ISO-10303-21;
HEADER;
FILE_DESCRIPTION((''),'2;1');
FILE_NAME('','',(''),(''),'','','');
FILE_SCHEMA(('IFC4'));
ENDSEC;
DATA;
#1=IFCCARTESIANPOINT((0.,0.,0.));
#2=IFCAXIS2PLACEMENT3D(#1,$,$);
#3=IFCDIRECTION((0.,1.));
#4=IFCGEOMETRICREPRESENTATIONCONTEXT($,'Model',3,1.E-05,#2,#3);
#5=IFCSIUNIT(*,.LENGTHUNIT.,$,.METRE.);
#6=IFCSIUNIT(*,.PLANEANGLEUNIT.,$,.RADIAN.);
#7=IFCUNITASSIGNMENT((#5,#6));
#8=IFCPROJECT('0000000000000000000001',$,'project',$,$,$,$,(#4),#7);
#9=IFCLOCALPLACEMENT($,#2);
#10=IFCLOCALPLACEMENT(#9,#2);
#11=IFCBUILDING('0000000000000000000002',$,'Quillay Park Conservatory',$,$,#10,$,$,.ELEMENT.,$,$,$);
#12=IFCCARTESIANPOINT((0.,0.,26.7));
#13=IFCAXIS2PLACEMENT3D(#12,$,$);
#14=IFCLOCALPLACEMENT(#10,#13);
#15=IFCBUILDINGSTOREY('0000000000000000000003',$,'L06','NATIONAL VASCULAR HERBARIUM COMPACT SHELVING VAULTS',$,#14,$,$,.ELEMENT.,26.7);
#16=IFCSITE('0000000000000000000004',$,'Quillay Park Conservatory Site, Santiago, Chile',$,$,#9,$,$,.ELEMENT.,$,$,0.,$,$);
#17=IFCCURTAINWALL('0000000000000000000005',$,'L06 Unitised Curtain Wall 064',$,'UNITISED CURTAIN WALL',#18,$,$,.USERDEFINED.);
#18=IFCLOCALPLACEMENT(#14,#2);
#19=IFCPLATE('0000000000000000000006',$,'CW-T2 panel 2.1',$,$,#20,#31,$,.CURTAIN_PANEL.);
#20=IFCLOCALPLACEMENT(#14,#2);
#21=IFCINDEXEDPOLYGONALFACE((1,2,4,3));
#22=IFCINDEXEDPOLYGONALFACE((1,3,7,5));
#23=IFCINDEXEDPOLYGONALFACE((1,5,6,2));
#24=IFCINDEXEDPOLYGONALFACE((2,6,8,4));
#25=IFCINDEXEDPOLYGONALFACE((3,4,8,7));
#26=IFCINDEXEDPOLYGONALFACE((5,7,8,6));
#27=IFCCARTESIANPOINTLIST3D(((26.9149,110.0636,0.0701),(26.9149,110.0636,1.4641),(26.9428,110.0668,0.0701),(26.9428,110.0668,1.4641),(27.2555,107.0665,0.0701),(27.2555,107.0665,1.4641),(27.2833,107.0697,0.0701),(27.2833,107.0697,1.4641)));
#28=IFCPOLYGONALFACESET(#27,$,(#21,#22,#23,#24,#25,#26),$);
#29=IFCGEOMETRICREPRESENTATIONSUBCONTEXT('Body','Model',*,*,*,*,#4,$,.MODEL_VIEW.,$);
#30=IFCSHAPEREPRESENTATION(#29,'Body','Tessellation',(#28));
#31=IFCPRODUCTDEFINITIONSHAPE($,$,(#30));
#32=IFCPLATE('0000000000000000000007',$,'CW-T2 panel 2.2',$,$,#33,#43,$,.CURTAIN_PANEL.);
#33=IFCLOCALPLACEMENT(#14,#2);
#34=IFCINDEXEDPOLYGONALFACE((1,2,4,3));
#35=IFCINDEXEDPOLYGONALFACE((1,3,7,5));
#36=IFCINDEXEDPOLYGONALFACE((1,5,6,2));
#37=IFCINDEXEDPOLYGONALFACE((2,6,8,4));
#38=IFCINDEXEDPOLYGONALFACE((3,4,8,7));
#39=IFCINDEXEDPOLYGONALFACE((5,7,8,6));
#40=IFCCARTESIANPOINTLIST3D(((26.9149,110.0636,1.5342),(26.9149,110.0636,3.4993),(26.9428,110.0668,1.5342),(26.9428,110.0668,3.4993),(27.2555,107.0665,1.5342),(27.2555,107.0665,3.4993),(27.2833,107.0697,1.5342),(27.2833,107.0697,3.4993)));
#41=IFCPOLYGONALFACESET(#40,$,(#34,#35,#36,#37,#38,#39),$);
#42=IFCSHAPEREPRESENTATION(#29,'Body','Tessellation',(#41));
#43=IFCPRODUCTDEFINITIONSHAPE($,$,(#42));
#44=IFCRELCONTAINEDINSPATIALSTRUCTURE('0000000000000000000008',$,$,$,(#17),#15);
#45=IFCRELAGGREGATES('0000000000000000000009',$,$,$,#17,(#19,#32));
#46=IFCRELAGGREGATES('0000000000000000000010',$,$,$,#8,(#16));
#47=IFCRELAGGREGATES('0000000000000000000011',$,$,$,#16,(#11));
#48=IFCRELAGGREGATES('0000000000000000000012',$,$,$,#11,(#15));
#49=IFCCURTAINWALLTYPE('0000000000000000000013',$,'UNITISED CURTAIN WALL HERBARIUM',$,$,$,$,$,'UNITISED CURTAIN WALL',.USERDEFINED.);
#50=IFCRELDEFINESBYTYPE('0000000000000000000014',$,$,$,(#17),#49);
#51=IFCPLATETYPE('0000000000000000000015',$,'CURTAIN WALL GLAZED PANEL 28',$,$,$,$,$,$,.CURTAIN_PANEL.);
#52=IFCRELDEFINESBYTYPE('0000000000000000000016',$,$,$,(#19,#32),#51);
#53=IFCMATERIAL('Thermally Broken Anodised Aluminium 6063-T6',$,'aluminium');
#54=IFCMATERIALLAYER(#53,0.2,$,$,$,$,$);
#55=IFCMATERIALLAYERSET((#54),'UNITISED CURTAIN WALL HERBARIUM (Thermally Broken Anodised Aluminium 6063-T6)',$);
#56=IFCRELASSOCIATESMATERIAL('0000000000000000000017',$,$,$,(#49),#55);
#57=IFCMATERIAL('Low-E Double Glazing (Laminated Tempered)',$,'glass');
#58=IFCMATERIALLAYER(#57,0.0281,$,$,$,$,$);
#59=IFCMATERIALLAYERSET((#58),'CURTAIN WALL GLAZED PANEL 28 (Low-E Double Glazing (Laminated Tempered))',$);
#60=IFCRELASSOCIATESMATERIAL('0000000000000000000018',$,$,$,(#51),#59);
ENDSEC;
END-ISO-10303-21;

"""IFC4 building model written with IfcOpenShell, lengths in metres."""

from ifc_helpers import new_model, si_unit, direction, frame, origin, origin_2d, place, context, subcontext, project, spatial, rectangle, extrude, material, layer, layer_set, type_object, element, aggregate, save


model = new_model("IFC4")

# Units and contexts
model_context = context("Model", 3, precision=1e-05, world=origin(), true_north=direction((0.0, 1.0)))
body_context = subcontext(model_context, "Body", "Model", "MODEL_VIEW")
ifc_project = project(units=[si_unit("LENGTHUNIT", "METRE"), si_unit("PLANEANGLEUNIT", "RADIAN")], contexts=[model_context])

# Site, building, storey
site_placement = place(None, origin())
site = spatial("IfcSite", under=ifc_project, at=site_placement, Name="Quillay Park Conservatory Site, Santiago, Chile", CompositionType="ELEMENT", RefElevation=0.0)
building_placement = place(site_placement, origin())
building = spatial("IfcBuilding", under=site, at=building_placement, Name="Quillay Park Conservatory", CompositionType="ELEMENT")
storey_placement = place(building_placement, frame((0.0, 0.0, 26.7)))
storey = spatial("IfcBuildingStorey", under=building, at=storey_placement, Name="L06", Description="NATIONAL VASCULAR HERBARIUM COMPACT SHELVING VAULTS", CompositionType="ELEMENT", Elevation=26.7)

# Shared definitions
ifc_material_1 = material(Name="Thermally Broken Anodised Aluminium 6063-T6", Category="aluminium")
ifc_layer_1 = layer(ifc_material_1, 0.2)
ifc_layer_set_1 = layer_set([ifc_layer_1], Name="UNITISED CURTAIN WALL HERBARIUM (Thermally Broken Anodised Aluminium 6063-T6)")
curtain_wall_type = type_object("IfcCurtainWallType", Name="UNITISED CURTAIN WALL HERBARIUM", ElementType="UNITISED CURTAIN WALL", PredefinedType="USERDEFINED", material=ifc_layer_set_1)

# Curtain wall
curtain_wall_1_placement = place(storey_placement, origin())
curtain_wall_1 = element("IfcCurtainWall", 1, at=curtain_wall_1_placement, inside=storey, type_object=curtain_wall_type, Name="L06 Unitised Curtain Wall 064", ObjectType="UNITISED CURTAIN WALL", PredefinedType="USERDEFINED")

# Plates
ifc_material_2 = material(Name="Low-E Double Glazing (Laminated Tempered)", Category="glass")
ifc_layer_2 = layer(ifc_material_2, 0.0281)
ifc_layer_set_2 = layer_set([ifc_layer_2], Name="CURTAIN WALL GLAZED PANEL 28 (Low-E Double Glazing (Laminated Tempered))")
plate_type = type_object("IfcPlateType", Name="CURTAIN WALL GLAZED PANEL 28", PredefinedType="CURTAIN_PANEL", material=ifc_layer_set_2)
plate_1_placement = place(storey_placement, frame((27.0991, 108.5667, 0.0701), z_axis=(0.0, 0.0, 1.0), x_axis=(0.112903, -0.993606, 0.0)))
plate_1 = element("IfcPlate", 2, at=plate_1_placement, type_object=plate_type, Name="CW-T2 panel 2.1", PredefinedType="CURTAIN_PANEL", context=body_context, shape_type="SweptSolid", body=[
    extrude(rectangle(XDim=3.0164, YDim=0.0281, at=origin_2d()), origin(), (0.0, 0.0, 1.0), 1.394),
])
plate_2_placement = place(storey_placement, frame((27.0991, 108.5667, 1.5342), z_axis=(0.0, 0.0, 1.0), x_axis=(0.112903, -0.993606, 0.0)))
plate_2 = element("IfcPlate", 3, at=plate_2_placement, type_object=plate_type, Name="CW-T2 panel 2.2", PredefinedType="CURTAIN_PANEL", context=body_context, shape_type="SweptSolid", body=[
    extrude(rectangle(XDim=3.0164, YDim=0.0281, at=origin_2d()), origin(), (0.0, 0.0, 1.0), 1.9651),
])
aggregate(curtain_wall_1, [plate_1, plate_2])

save(model, "model.ifc")
